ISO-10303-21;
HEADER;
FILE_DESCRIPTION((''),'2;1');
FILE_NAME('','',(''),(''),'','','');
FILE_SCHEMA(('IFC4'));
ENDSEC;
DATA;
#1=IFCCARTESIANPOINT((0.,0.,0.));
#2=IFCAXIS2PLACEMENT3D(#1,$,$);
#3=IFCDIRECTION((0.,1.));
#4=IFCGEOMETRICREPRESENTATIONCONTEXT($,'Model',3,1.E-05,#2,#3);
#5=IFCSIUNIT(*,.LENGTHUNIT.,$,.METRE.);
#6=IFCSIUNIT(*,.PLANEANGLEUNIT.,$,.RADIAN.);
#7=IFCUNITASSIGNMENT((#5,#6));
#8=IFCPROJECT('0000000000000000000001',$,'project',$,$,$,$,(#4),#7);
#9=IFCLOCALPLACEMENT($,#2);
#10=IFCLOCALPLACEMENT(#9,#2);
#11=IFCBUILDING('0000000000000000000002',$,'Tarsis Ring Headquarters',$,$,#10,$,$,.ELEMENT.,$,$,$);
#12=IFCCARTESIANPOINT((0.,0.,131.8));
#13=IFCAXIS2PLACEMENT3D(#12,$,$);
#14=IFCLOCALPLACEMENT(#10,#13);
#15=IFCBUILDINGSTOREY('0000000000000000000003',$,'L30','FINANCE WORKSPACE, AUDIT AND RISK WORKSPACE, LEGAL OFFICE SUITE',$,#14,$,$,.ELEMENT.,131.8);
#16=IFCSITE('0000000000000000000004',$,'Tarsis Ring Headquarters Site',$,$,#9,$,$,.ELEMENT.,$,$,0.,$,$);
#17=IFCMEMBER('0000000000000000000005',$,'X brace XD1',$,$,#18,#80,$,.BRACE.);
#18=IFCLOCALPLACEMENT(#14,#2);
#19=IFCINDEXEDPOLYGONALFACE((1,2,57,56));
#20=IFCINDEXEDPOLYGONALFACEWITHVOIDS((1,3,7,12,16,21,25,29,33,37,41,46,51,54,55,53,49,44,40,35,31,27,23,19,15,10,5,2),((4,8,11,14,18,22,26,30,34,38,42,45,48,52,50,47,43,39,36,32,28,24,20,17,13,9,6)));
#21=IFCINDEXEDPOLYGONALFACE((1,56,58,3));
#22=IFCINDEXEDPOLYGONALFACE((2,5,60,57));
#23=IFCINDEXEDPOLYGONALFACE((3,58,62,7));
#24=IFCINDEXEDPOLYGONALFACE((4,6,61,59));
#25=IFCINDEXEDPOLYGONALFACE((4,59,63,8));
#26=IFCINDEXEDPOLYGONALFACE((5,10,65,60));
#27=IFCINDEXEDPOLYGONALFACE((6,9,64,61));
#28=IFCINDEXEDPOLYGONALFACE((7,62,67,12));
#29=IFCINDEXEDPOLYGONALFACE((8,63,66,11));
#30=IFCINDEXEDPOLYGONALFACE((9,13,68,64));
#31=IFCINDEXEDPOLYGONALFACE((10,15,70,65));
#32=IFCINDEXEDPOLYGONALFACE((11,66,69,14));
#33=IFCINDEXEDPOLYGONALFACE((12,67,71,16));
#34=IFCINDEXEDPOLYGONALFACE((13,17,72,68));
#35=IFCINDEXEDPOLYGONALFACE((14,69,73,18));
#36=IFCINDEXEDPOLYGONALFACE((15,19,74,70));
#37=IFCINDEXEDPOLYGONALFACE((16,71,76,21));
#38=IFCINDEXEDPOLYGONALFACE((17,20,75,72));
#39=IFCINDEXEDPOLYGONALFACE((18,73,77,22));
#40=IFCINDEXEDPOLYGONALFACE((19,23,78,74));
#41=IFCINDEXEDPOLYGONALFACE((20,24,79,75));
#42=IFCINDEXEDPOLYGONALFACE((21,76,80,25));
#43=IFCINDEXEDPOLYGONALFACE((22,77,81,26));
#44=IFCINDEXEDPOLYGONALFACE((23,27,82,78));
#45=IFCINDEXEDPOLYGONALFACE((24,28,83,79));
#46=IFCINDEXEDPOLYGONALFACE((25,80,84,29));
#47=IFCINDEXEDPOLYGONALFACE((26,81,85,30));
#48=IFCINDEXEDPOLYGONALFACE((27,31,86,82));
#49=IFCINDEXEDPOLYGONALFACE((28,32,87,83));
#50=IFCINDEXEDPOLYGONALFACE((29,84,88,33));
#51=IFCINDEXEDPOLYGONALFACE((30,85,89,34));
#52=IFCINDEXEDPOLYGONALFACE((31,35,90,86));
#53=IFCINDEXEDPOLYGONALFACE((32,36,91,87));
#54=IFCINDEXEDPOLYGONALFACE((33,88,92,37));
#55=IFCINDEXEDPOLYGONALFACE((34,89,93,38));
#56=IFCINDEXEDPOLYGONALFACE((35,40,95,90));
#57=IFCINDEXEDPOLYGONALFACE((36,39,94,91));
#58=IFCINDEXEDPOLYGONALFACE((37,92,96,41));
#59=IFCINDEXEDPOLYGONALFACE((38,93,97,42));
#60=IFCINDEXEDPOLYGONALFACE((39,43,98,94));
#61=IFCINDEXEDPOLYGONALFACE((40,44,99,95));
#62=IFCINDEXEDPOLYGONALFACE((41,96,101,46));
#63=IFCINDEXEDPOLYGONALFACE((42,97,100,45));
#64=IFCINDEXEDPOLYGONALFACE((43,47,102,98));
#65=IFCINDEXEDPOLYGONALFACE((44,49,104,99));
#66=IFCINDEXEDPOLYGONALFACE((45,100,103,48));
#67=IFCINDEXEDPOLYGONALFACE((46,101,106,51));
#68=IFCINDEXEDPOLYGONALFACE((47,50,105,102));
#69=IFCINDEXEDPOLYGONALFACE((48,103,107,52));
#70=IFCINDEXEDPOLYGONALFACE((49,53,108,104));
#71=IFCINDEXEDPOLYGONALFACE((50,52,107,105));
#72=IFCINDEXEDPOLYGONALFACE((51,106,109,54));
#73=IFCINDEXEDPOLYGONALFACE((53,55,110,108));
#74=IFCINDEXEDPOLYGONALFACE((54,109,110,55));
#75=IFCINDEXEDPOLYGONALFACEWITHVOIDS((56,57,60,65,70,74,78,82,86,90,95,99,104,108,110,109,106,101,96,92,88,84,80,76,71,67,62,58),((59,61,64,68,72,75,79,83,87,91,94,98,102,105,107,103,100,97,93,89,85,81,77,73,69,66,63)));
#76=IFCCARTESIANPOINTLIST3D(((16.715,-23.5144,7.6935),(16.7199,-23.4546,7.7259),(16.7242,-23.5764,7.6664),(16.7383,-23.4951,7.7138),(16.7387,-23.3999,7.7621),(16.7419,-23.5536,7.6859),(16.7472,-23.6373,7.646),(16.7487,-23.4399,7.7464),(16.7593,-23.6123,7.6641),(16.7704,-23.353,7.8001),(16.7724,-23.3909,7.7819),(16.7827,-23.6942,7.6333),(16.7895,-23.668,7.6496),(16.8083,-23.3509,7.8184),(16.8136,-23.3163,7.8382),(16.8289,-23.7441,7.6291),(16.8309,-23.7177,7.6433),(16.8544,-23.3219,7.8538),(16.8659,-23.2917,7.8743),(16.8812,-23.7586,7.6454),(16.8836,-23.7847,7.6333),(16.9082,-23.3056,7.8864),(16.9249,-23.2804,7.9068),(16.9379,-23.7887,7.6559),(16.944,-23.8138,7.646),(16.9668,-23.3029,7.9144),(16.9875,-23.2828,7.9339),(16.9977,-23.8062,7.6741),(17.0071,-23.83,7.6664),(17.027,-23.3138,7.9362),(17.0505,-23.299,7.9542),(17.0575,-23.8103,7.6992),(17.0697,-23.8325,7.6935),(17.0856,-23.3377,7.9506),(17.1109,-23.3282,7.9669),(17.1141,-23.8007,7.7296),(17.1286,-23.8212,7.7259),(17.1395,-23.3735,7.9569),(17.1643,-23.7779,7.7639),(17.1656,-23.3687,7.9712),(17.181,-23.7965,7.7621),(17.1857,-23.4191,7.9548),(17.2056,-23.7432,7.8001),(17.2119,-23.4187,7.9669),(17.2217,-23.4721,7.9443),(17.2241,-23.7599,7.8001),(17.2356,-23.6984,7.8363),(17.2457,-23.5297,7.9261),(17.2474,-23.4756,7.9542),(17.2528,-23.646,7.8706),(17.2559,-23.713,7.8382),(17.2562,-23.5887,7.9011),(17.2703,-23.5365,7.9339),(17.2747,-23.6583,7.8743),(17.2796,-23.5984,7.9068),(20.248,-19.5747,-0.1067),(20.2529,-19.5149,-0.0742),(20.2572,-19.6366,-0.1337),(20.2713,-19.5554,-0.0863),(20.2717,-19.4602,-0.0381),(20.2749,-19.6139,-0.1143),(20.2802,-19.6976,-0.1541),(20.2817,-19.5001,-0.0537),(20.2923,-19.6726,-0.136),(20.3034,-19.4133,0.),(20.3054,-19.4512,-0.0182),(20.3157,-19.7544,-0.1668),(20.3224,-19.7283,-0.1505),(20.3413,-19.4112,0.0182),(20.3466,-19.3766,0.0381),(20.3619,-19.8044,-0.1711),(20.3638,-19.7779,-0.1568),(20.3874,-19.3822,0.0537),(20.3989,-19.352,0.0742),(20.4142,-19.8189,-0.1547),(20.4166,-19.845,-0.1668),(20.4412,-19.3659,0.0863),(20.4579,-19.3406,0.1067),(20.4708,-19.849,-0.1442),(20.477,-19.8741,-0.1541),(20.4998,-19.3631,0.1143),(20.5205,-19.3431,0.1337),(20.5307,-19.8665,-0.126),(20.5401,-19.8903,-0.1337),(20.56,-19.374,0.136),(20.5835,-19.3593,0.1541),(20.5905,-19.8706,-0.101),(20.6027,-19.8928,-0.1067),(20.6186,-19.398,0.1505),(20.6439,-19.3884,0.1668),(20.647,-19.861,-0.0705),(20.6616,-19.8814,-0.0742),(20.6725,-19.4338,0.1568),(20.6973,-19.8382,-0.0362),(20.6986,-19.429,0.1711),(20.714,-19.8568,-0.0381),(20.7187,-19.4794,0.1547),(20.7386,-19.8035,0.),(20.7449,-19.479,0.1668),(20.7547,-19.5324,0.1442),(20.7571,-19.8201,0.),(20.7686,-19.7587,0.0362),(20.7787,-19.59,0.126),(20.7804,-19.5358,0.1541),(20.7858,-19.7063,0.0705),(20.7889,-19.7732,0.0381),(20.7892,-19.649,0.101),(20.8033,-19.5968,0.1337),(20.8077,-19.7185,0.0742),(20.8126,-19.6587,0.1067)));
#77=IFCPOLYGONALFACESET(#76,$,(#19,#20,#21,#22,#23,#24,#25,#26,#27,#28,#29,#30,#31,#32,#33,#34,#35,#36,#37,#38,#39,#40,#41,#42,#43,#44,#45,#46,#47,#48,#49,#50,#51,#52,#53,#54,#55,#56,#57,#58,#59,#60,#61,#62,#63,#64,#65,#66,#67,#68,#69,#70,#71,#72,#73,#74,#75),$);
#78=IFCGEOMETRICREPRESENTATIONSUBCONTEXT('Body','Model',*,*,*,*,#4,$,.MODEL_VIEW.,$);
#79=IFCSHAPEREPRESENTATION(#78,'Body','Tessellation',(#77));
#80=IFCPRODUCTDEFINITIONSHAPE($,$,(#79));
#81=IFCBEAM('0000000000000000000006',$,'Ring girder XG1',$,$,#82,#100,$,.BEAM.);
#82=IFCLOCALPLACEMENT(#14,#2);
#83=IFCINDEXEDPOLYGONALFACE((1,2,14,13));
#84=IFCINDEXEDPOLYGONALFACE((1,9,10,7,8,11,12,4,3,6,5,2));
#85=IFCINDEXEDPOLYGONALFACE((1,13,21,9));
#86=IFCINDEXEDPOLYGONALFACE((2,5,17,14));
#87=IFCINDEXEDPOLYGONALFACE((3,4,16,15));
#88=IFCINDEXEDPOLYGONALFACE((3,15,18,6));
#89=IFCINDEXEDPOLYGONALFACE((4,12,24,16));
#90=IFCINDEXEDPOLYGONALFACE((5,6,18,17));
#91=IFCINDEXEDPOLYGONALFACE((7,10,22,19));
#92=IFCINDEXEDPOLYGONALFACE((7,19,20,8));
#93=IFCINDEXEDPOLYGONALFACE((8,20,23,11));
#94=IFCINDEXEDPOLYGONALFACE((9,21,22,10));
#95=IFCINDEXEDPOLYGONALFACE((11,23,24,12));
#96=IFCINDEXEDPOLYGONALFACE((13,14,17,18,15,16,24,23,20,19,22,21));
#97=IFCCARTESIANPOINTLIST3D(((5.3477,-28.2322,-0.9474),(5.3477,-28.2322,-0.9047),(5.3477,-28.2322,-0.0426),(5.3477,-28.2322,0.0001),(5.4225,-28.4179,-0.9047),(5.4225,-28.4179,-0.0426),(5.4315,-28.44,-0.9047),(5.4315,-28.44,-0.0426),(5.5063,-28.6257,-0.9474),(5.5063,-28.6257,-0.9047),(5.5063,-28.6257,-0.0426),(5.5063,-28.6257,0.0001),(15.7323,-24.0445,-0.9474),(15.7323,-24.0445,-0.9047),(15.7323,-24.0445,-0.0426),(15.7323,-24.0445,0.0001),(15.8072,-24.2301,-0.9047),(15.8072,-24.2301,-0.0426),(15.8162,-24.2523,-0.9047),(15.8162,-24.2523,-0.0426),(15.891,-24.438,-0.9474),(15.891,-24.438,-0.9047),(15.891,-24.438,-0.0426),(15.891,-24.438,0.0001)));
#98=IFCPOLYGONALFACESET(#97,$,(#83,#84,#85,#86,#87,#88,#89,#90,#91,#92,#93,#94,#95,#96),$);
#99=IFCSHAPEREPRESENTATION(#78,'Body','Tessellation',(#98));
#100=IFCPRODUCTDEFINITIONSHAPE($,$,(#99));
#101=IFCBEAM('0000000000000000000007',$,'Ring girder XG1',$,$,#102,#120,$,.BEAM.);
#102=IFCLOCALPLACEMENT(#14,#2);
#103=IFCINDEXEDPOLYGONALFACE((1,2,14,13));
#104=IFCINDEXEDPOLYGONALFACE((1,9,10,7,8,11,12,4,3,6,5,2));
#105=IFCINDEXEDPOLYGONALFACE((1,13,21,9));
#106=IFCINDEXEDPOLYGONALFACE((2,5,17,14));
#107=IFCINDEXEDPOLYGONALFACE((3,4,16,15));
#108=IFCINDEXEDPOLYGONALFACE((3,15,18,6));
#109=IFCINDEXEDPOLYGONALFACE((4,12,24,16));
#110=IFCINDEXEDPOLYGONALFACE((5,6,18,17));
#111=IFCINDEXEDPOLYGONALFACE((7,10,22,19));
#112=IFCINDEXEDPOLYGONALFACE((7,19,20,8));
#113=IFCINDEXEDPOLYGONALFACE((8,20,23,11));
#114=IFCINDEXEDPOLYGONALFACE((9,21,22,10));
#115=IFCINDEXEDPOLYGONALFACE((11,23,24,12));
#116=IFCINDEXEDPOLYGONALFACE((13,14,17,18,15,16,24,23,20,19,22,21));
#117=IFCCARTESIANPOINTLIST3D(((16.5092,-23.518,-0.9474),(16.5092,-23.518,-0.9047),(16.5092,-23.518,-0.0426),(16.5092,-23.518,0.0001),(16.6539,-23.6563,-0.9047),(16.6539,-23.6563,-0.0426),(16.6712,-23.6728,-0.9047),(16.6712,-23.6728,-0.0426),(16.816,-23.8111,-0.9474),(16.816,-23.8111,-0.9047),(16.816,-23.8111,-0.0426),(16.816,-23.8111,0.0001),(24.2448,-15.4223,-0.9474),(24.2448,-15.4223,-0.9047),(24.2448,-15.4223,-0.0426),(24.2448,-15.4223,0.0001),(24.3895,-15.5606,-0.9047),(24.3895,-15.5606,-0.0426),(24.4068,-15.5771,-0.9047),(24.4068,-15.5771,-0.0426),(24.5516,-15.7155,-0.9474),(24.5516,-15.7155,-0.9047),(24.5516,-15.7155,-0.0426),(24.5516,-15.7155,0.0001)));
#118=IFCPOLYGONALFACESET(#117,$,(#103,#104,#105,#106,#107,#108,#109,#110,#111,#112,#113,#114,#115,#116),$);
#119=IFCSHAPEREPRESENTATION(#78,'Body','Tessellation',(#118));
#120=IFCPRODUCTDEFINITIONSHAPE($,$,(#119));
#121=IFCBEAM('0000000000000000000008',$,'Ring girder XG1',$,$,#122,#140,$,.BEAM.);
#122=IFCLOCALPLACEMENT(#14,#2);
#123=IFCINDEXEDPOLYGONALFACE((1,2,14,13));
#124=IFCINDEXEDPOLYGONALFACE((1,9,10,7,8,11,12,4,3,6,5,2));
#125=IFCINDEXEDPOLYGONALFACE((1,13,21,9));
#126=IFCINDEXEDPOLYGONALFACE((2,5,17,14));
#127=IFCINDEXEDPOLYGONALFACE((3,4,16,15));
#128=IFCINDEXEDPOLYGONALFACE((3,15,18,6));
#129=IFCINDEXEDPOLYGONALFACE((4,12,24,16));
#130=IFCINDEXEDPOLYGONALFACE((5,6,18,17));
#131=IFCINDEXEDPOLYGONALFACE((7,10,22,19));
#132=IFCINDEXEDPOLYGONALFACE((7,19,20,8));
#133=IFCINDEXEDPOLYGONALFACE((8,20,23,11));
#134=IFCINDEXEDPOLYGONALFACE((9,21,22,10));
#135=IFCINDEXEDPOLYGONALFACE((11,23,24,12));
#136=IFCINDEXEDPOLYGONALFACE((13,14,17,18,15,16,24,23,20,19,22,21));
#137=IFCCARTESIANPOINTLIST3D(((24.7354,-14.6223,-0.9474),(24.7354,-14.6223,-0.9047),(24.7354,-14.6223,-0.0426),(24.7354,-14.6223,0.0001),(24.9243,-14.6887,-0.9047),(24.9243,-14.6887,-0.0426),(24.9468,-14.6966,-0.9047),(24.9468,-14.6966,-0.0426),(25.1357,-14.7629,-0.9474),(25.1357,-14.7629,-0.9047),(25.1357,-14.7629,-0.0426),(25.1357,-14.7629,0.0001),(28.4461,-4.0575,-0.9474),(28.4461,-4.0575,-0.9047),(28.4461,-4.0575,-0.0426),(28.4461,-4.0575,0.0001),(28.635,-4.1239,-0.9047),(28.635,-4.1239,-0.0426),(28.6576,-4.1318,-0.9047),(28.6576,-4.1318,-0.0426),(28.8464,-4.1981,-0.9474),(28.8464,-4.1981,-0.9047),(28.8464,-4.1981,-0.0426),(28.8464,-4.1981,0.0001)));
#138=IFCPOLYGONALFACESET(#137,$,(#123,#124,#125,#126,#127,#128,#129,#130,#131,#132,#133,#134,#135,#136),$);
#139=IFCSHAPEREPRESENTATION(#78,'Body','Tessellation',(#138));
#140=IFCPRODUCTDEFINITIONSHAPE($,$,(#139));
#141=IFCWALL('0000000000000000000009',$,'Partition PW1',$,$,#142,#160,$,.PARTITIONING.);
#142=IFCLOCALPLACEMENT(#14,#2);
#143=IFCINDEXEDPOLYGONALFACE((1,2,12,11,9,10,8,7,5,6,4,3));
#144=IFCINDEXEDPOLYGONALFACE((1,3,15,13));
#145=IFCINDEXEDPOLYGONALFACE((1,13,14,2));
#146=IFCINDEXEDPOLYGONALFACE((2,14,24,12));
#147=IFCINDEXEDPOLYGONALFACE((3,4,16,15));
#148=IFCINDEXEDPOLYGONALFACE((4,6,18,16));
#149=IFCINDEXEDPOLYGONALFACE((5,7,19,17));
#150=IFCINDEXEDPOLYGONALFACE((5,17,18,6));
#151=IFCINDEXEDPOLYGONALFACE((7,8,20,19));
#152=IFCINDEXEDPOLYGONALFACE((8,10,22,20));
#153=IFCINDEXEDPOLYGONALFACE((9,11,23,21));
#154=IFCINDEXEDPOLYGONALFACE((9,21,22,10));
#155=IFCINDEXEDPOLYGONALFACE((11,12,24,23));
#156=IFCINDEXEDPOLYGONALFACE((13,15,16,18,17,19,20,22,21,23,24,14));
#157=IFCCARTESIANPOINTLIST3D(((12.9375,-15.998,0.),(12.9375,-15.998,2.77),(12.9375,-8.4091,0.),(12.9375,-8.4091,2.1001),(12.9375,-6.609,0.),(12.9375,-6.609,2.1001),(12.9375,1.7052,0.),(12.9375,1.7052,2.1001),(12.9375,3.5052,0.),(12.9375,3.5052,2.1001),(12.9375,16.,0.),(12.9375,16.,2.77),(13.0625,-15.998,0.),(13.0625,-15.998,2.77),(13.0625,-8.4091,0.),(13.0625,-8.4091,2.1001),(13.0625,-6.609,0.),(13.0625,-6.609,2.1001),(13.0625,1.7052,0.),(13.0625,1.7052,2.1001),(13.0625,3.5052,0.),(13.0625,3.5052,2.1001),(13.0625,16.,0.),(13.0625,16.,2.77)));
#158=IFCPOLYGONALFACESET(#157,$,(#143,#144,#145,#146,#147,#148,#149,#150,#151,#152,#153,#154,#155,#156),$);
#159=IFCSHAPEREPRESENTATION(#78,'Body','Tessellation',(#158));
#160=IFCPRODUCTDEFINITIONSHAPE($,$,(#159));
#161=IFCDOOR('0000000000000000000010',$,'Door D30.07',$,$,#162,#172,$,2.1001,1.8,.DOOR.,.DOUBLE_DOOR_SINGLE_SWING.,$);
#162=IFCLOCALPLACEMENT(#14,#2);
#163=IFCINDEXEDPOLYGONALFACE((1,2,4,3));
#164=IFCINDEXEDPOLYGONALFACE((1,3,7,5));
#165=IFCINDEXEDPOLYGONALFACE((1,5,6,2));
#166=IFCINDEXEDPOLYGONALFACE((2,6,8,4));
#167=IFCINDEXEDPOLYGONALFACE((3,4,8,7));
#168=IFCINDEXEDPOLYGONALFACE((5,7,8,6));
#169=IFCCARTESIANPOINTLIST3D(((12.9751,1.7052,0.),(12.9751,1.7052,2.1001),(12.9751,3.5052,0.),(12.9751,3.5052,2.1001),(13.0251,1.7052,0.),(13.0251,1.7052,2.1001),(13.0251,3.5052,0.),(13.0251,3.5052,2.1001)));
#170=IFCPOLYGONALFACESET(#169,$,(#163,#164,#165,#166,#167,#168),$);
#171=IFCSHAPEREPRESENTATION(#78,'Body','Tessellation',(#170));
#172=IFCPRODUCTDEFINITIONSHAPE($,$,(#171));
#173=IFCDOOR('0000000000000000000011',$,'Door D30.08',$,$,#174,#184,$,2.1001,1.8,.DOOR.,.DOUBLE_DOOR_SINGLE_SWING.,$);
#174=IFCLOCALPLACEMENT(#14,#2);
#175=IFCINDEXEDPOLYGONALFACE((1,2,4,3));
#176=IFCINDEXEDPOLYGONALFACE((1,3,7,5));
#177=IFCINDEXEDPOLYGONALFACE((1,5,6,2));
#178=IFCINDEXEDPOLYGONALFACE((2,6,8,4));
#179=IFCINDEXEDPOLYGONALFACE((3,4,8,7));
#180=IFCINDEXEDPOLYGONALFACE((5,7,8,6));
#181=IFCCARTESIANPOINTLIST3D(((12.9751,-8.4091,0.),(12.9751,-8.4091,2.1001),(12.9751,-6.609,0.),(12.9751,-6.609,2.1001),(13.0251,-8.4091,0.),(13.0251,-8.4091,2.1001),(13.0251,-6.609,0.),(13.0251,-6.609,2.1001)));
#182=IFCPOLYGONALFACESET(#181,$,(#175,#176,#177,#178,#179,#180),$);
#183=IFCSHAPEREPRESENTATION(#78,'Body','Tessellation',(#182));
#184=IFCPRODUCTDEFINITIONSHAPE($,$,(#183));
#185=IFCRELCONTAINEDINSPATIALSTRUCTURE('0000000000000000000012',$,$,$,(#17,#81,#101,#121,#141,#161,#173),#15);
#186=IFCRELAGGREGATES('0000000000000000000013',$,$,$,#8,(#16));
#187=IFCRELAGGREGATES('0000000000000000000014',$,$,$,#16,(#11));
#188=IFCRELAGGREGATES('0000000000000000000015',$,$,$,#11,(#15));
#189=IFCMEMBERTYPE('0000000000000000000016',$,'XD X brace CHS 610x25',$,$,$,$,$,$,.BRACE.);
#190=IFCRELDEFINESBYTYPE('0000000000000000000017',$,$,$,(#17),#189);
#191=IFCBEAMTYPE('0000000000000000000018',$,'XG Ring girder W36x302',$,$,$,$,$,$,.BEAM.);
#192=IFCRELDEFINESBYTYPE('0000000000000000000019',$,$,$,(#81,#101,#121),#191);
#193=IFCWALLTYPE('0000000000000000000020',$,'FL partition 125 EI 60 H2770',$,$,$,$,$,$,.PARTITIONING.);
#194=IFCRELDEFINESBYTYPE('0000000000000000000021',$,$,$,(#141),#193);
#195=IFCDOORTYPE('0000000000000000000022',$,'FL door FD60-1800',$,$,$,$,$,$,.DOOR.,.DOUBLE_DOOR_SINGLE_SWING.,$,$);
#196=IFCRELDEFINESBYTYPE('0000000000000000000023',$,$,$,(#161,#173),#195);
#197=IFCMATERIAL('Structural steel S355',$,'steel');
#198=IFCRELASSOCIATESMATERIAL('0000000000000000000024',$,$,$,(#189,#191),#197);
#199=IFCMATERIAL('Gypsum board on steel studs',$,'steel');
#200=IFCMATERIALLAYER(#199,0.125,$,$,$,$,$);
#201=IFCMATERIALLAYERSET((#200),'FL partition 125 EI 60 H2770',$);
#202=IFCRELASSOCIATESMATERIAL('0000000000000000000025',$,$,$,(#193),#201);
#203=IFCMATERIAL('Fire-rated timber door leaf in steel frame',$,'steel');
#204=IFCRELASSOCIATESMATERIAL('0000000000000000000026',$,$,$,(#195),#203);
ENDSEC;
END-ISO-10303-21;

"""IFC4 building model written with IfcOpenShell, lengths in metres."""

from ifc_helpers import new_model, si_unit, direction, frame, frame_2d, origin, origin_2d, place, context, subcontext, project, spatial, rectangle, hollow_circle, i_section, extrude, material, layer, layer_set, material_profile, profile_set, type_object, element, fill, save


model = new_model("IFC4")

# Units and contexts
model_context = context("Model", 3, precision=1e-05, world=origin(), true_north=direction((0.0, 1.0)))
body_context = subcontext(model_context, "Body", "Model", "MODEL_VIEW")
ifc_project = project(units=[si_unit("LENGTHUNIT", "METRE"), si_unit("PLANEANGLEUNIT", "RADIAN")], contexts=[model_context])

# Site, building, storey
site_placement = place(None, origin())
site = spatial("IfcSite", under=ifc_project, at=site_placement, Name="Tarsis Ring Headquarters Site", CompositionType="ELEMENT", RefElevation=0.0)
building_placement = place(site_placement, origin())
building = spatial("IfcBuilding", under=site, at=building_placement, Name="Tarsis Ring Headquarters", CompositionType="ELEMENT")
storey_placement = place(building_placement, frame((0.0, 0.0, 131.8)))
storey = spatial("IfcBuildingStorey", under=building, at=storey_placement, Name="L30", Description="FINANCE WORKSPACE, AUDIT AND RISK WORKSPACE, LEGAL OFFICE SUITE", CompositionType="ELEMENT", Elevation=131.8)

# Shared definitions
ifc_material_1 = material(Name="Structural steel S355", Category="steel")

# Member
ifc_material_profile_1 = material_profile(ifc_material_1, hollow_circle(Radius=0.3047, WallThickness=0.0249, at=origin_2d()), Name="CHS 610x25")
ifc_profile_set_1 = profile_set([ifc_material_profile_1], Name="Structural steel S355")
member_type = type_object("IfcMemberType", Name="XD X brace CHS 610x25", PredefinedType="BRACE", material=ifc_profile_set_1)
member_1_placement = place(storey_placement, frame((20.5303, -19.6167, 0.0), z_axis=(-0.374822, -0.417974, 0.82753), x_axis=(0.744493, -0.667631, 0.0)))
element("IfcMember", 1, at=member_1_placement, inside=storey, type_object=member_type, Name="X brace XD1", PredefinedType="BRACE", context=body_context, shape_type="SweptSolid", body=[
    extrude(hollow_circle(Radius=0.3047, WallThickness=0.0249, at=origin_2d()), origin(), (0.0, 0.0, 1.0), 9.4258),
])

# Beams
ifc_material_profile_2 = material_profile(ifc_material_1, i_section(OverallWidth=0.4243, OverallDepth=0.9475, WebThickness=0.0239, FlangeThickness=0.0427, at=origin_2d()), Name="W36x302")
ifc_profile_set_2 = profile_set([ifc_material_profile_2], Name="Structural steel S355")
beam_type = type_object("IfcBeamType", Name="XG Ring girder W36x302", PredefinedType="BEAM", material=ifc_profile_set_2)
for number, where, z_axis, x_axis, name in (
    (2, (5.427, -28.429, -0.4736), (0.927431, 0.373994, 0.0), (-0.373994, 0.927431, 0.0), "Ring girder XG1"),
    (3, (16.6626, -23.6646, -0.4736), (0.690844, 0.723004, 0.0), (-0.723004, 0.690844, 0.0), "Ring girder XG1"),
):
    element("IfcBeam", number, at=place(storey_placement, frame(where, z_axis=z_axis, x_axis=x_axis)), inside=storey, type_object=beam_type, Name=name, PredefinedType="BEAM", context=body_context, shape_type="SweptSolid", body=[
        extrude(i_section(OverallWidth=0.4243, OverallDepth=0.9475, WebThickness=0.0239, FlangeThickness=0.0427, at=origin_2d()), origin(), (0.0, 0.0, 1.0), 11.1973),
    ])
beam_placement = place(storey_placement, frame((24.9355, -14.6926, -0.4736), z_axis=(0.331388, 0.943494, 0.0), x_axis=(-0.943494, 0.331388, 0.0)))
element("IfcBeam", 4, at=beam_placement, inside=storey, type_object=beam_type, Name="Ring girder XG1", PredefinedType="BEAM", context=body_context, shape_type="SweptSolid", body=[
    extrude(i_section(OverallWidth=0.4243, OverallDepth=0.9475, WebThickness=0.0239, FlangeThickness=0.0427, at=origin_2d()), origin(), (0.0, 0.0, 1.0), 11.1975),
])

# Wall, openings, doors
ifc_material_2 = material(Name="Gypsum board on steel studs", Category="steel")
ifc_layer_1 = layer(ifc_material_2, 0.125)
ifc_layer_set_1 = layer_set([ifc_layer_1], Name="FL partition 125 EI 60 H2770")
wall_type_1 = type_object("IfcWallType", Name="FL partition 125 EI 60 H2770", PredefinedType="PARTITIONING", material=ifc_layer_set_1)
wall_1_placement = place(storey_placement, frame((13.0, -15.998, 0.0), z_axis=(0.0, 0.0, 1.0), x_axis=(0.0, 1.0, 0.0)))
wall_1 = element("IfcWall", 5, at=wall_1_placement, inside=storey, type_object=wall_type_1, Name="Partition PW1", PredefinedType="PARTITIONING", context=body_context, shape_type="SweptSolid", body=[
    extrude(rectangle(XDim=31.998, YDim=0.125, at=frame_2d((15.999, 0.0))), origin(), (0.0, 0.0, 1.0), 2.77),
])
opening_1_placement = place(wall_1_placement, frame((17.7034, 0.0, 0.0)))
opening_1 = element("IfcOpeningElement", 6, at=opening_1_placement, cuts=wall_1, PredefinedType="OPENING", context=body_context, shape_type="SweptSolid", body=[
    extrude(rectangle(XDim=1.8, YDim=2.1001, at=frame_2d((0.8999, 1.05))), frame((0.0, 0.0725, 0.0), z_axis=(0.0, -1.0, 0.0), x_axis=(1.0, 0.0, 0.0)), (0.0, 0.0, 1.0), 0.145),
])
opening_2_placement = place(wall_1_placement, frame((7.5891, 0.0, 0.0)))
opening_2 = element("IfcOpeningElement", 7, at=opening_2_placement, cuts=wall_1, PredefinedType="OPENING", context=body_context, shape_type="SweptSolid", body=[
    extrude(rectangle(XDim=1.8, YDim=2.1001, at=frame_2d((0.8999, 1.05))), frame((0.0, 0.0725, 0.0), z_axis=(0.0, -1.0, 0.0), x_axis=(1.0, 0.0, 0.0)), (0.0, 0.0, 1.0), 0.145),
])
ifc_material_3 = material(Name="Fire-rated timber door leaf in steel frame", Category="steel")
door_type = type_object("IfcDoorType", Name="FL door FD60-1800", OperationType="DOUBLE_DOOR_SINGLE_SWING", PredefinedType="DOOR", material=ifc_material_3)
door_1_placement = place(opening_1_placement, origin())
door_1 = element("IfcDoor", 8, at=door_1_placement, inside=storey, type_object=door_type, Name="Door D30.07", OperationType="DOUBLE_DOOR_SINGLE_SWING", OverallHeight=2.1001, OverallWidth=1.8, PredefinedType="DOOR", context=body_context, shape_type="SweptSolid", body=[
    extrude(rectangle(XDim=1.8, YDim=2.1001, at=frame_2d((0.8999, 1.05))), frame((0.0, 0.0249, 0.0), z_axis=(0.0, -1.0, 0.0), x_axis=(1.0, 0.0, 0.0)), (0.0, 0.0, 1.0), 0.05),
])
fill(opening_1, door_1)
door_2_placement = place(opening_2_placement, origin())
door_2 = element("IfcDoor", 9, at=door_2_placement, inside=storey, type_object=door_type, Name="Door D30.08", OperationType="DOUBLE_DOOR_SINGLE_SWING", OverallHeight=2.1001, OverallWidth=1.8, PredefinedType="DOOR", context=body_context, shape_type="SweptSolid", body=[
    extrude(rectangle(XDim=1.8, YDim=2.1001, at=frame_2d((0.8999, 1.05))), frame((0.0, 0.0249, 0.0), z_axis=(0.0, -1.0, 0.0), x_axis=(1.0, 0.0, 0.0)), (0.0, 0.0, 1.0), 0.05),
])
fill(opening_2, door_2)

save(model, "model.ifc")
